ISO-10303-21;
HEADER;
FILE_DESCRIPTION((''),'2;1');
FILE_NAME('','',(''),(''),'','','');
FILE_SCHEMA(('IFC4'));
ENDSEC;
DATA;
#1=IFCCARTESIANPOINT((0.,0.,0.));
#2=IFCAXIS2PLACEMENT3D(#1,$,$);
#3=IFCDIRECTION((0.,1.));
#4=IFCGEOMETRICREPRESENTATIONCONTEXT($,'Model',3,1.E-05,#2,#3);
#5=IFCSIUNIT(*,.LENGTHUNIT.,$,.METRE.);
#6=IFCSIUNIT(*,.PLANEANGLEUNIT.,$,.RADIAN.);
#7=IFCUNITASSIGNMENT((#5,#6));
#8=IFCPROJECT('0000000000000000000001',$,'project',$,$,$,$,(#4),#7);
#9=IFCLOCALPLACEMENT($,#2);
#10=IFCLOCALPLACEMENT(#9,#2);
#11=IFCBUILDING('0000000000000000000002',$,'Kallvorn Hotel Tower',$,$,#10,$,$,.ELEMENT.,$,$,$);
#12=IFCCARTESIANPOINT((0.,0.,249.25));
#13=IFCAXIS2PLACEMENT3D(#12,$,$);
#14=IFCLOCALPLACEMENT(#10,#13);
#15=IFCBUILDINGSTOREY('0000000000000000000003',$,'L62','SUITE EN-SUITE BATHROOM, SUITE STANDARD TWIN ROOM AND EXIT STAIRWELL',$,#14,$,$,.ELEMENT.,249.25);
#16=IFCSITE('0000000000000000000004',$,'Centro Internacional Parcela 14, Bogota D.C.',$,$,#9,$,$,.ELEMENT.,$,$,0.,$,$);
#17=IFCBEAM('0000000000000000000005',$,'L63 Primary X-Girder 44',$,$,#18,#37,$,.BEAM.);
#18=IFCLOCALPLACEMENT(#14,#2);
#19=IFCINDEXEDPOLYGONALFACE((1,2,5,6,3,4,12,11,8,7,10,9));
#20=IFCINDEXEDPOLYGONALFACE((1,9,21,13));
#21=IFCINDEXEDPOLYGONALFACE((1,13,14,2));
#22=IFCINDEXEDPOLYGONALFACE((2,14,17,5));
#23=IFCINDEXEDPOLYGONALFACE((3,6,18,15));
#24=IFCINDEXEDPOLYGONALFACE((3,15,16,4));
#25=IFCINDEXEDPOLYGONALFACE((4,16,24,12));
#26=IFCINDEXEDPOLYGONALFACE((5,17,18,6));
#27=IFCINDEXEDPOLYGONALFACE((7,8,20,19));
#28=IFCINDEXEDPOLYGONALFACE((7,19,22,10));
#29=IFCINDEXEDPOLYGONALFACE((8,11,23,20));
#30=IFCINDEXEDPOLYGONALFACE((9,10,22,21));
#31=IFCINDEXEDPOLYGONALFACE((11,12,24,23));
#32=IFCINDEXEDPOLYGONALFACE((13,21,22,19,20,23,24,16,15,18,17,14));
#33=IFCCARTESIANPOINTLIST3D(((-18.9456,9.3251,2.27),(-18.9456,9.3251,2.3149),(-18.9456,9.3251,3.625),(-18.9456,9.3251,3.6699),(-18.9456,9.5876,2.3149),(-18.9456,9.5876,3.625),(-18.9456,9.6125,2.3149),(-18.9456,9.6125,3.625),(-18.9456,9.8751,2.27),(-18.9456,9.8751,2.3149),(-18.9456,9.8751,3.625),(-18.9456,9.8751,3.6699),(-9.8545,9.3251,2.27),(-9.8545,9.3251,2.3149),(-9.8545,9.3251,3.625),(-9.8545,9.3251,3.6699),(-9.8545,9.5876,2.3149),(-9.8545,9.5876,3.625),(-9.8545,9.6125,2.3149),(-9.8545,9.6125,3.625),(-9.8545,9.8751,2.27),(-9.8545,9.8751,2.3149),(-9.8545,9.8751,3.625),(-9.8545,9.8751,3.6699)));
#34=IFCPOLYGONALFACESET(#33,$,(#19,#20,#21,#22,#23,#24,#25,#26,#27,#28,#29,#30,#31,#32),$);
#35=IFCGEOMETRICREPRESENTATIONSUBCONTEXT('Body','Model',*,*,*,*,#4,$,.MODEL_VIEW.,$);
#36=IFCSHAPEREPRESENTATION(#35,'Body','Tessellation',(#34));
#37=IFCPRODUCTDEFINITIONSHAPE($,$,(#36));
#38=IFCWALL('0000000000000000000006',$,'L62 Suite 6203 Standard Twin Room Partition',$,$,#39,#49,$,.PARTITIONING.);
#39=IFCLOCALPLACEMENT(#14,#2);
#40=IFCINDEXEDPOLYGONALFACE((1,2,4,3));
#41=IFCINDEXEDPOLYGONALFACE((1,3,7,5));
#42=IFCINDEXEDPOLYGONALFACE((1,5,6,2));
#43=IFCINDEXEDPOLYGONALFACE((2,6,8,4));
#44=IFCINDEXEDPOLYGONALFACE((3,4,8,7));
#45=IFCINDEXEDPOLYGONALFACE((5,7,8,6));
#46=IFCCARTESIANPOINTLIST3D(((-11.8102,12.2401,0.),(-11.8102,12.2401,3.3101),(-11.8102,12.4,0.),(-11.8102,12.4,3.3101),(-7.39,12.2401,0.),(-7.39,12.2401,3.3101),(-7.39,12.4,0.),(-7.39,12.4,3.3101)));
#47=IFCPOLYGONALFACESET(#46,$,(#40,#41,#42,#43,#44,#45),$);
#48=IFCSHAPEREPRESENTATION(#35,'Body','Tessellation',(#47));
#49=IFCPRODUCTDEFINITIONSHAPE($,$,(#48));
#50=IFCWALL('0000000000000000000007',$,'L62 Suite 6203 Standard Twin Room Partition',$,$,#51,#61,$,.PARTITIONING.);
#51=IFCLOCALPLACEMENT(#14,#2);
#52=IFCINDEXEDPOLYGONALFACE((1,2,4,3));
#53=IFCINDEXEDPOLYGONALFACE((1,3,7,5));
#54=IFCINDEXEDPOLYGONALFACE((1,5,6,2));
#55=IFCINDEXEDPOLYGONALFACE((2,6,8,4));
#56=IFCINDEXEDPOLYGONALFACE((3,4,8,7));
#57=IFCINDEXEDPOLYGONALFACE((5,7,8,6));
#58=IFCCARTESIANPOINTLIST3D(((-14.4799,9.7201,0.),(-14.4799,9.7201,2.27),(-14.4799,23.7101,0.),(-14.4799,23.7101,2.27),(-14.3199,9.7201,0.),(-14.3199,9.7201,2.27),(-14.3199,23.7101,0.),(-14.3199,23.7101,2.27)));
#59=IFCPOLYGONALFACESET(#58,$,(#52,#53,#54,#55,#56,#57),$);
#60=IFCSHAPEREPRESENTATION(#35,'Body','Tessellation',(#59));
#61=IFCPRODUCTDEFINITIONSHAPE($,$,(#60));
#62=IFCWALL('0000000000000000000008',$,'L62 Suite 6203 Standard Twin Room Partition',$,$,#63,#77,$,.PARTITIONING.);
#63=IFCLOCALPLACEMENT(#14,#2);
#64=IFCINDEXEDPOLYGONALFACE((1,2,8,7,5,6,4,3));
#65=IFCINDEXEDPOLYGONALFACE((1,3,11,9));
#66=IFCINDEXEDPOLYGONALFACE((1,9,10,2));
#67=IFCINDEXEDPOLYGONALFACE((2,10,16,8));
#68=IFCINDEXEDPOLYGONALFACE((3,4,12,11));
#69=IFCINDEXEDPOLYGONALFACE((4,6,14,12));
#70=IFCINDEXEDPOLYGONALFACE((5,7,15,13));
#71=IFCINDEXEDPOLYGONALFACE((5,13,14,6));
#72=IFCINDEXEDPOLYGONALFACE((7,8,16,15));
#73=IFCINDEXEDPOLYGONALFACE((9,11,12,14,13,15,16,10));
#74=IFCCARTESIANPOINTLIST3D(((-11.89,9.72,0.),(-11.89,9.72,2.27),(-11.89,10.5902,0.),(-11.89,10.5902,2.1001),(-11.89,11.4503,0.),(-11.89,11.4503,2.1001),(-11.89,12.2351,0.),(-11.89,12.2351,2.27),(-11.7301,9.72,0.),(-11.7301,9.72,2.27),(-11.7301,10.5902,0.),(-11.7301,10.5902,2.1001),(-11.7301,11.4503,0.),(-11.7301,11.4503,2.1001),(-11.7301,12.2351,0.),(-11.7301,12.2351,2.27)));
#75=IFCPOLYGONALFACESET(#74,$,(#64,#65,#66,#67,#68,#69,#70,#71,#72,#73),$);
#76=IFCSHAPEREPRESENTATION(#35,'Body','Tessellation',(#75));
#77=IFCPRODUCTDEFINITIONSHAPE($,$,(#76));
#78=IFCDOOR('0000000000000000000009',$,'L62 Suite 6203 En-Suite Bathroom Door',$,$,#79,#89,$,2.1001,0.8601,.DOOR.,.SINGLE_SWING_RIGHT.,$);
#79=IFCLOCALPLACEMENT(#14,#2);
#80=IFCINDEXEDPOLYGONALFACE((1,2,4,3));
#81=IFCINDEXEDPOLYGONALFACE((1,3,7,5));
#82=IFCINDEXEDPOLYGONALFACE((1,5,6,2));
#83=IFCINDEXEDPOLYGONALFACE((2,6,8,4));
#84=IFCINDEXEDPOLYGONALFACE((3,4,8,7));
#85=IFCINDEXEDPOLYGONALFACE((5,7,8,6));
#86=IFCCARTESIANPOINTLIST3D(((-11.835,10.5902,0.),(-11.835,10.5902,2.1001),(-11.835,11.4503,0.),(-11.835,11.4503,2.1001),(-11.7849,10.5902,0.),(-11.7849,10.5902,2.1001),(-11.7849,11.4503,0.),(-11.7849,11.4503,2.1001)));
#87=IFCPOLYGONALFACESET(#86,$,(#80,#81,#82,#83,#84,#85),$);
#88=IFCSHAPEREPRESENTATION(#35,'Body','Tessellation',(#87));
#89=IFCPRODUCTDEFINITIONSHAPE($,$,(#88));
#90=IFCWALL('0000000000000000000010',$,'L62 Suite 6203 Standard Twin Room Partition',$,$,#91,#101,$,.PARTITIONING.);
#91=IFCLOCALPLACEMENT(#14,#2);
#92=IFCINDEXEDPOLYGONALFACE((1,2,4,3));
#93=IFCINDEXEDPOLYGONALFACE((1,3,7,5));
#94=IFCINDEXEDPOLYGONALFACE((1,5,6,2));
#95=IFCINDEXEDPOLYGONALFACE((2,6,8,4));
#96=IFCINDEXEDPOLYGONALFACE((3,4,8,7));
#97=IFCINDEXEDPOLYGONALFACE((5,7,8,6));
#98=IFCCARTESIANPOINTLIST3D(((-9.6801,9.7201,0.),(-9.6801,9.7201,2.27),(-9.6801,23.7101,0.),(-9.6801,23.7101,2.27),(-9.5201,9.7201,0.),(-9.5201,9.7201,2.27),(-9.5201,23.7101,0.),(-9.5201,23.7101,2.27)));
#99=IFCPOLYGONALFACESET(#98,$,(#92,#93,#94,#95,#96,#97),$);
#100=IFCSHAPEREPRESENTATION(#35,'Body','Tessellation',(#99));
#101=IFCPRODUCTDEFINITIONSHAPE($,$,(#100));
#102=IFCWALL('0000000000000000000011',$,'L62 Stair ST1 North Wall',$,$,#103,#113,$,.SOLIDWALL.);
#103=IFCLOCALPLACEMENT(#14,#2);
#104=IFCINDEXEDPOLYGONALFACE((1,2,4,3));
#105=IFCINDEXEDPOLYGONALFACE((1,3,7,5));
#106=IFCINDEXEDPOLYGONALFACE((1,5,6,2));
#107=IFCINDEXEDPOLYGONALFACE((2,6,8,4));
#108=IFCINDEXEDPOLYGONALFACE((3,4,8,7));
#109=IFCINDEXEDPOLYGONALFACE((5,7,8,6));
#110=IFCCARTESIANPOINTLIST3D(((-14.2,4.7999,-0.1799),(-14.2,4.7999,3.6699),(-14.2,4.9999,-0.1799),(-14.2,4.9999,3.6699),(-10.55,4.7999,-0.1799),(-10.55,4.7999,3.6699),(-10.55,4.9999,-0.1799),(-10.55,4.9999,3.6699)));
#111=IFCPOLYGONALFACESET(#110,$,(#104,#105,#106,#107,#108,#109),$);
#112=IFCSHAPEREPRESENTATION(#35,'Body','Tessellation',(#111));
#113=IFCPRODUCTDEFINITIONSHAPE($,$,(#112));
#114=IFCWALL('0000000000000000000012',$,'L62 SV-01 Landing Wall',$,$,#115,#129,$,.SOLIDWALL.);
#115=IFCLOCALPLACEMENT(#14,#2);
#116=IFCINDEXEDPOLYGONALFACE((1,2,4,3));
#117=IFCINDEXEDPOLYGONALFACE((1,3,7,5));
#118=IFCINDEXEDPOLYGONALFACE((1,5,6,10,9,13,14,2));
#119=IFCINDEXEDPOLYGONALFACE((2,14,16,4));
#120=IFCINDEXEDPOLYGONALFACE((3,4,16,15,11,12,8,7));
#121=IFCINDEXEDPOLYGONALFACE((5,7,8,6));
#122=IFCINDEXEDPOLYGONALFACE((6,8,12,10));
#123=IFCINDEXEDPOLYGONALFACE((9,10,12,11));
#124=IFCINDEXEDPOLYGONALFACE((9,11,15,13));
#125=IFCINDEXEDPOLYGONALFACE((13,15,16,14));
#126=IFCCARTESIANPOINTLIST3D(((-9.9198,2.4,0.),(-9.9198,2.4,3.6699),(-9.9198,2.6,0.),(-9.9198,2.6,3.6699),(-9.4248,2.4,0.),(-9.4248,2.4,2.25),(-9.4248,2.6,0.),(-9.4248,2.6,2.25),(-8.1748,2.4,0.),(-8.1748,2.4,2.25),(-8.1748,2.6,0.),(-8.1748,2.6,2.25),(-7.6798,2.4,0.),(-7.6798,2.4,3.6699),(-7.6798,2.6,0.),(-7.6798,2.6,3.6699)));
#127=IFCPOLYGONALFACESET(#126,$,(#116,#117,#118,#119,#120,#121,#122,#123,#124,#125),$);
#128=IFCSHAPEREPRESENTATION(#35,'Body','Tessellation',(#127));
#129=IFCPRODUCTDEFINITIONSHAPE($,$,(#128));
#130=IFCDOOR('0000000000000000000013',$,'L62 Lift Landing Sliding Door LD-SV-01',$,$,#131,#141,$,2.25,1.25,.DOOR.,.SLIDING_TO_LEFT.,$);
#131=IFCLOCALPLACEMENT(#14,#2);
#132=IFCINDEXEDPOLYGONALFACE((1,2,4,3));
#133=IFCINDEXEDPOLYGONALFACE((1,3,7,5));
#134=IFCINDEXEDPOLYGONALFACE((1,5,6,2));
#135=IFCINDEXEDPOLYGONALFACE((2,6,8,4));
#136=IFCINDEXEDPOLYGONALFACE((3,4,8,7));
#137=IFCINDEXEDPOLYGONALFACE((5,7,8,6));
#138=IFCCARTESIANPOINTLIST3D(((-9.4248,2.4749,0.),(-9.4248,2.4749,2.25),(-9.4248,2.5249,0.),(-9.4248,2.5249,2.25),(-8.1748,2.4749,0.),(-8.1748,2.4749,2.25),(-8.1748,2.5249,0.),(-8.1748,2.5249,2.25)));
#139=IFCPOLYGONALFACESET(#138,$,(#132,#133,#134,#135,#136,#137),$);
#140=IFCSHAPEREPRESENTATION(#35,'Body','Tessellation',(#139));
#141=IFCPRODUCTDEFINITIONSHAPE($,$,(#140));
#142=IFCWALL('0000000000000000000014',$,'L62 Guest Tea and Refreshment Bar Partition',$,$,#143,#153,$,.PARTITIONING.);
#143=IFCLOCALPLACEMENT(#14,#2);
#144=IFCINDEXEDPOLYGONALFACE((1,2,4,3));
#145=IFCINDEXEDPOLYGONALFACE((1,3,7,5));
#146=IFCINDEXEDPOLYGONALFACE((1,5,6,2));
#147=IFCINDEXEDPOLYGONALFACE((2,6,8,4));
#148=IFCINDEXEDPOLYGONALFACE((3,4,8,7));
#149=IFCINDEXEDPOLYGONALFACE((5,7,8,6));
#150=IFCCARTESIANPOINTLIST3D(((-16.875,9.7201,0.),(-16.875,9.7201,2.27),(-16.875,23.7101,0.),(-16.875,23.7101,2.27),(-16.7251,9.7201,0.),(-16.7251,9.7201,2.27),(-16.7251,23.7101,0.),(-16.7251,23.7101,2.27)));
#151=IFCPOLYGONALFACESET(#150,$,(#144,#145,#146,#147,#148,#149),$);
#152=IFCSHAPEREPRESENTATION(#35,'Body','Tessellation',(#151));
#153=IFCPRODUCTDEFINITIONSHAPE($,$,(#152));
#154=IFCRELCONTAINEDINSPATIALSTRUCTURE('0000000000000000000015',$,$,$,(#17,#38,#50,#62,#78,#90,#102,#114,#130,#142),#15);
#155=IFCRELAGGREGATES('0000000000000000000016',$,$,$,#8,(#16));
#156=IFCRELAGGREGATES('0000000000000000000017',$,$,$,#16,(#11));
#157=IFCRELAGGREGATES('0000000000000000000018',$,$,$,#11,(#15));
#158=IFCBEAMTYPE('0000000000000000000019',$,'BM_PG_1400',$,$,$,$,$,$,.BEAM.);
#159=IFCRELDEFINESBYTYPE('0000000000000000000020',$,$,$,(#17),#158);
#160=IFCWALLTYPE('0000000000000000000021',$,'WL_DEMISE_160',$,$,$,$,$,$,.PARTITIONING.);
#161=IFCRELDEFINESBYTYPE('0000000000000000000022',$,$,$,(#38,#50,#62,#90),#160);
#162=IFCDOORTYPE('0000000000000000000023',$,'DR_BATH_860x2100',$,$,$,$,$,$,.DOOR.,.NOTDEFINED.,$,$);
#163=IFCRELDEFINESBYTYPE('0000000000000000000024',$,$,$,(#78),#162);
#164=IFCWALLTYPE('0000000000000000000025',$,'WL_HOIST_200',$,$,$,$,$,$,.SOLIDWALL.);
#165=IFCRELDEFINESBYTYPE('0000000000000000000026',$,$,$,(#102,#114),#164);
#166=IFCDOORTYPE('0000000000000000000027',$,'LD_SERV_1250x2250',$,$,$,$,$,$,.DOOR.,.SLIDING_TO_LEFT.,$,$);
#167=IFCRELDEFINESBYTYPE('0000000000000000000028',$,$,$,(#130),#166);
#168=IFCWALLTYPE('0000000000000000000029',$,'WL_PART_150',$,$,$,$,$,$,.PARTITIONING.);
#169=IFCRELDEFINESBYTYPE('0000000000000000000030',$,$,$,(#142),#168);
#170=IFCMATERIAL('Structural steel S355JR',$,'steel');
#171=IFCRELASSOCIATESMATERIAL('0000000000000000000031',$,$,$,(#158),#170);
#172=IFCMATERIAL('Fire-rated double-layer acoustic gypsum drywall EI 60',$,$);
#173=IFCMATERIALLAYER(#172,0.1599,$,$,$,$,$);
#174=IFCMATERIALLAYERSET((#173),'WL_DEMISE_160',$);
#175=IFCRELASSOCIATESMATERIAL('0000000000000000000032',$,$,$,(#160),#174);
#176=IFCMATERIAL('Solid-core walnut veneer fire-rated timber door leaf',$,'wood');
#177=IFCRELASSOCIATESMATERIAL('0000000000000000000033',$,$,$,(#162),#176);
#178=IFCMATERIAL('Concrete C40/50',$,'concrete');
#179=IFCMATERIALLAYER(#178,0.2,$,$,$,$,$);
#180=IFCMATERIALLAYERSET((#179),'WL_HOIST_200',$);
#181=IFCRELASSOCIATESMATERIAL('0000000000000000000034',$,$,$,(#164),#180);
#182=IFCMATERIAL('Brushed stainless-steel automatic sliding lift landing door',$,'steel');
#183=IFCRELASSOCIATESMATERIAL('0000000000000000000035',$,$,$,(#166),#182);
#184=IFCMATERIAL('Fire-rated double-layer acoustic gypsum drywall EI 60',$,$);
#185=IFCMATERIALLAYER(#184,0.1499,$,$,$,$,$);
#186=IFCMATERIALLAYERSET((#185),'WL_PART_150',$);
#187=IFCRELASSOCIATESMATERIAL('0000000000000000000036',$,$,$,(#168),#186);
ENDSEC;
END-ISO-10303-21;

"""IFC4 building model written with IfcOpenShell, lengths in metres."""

from ifc_helpers import new_model, si_unit, direction, frame, frame_2d, origin, origin_2d, place, context, subcontext, project, spatial, rectangle, i_section, extrude, material, layer, layer_set, material_profile, profile_set, type_object, element, fill, save


model = new_model("IFC4")

# Units and contexts
model_context = context("Model", 3, precision=1e-05, world=origin(), true_north=direction((0.0, 1.0)))
body_context = subcontext(model_context, "Body", "Model", "MODEL_VIEW")
ifc_project = project(units=[si_unit("LENGTHUNIT", "METRE"), si_unit("PLANEANGLEUNIT", "RADIAN")], contexts=[model_context])

# Site, building, storey
site_placement = place(None, origin())
site = spatial("IfcSite", under=ifc_project, at=site_placement, Name="Centro Internacional Parcela 14, Bogota D.C.", CompositionType="ELEMENT", RefElevation=0.0)
building_placement = place(site_placement, origin())
building = spatial("IfcBuilding", under=site, at=building_placement, Name="Kallvorn Hotel Tower", CompositionType="ELEMENT")
storey_placement = place(building_placement, frame((0.0, 0.0, 249.25)))
storey = spatial("IfcBuildingStorey", under=building, at=storey_placement, Name="L62", Description="SUITE EN-SUITE BATHROOM, SUITE STANDARD TWIN ROOM AND EXIT STAIRWELL", CompositionType="ELEMENT", Elevation=249.25)

# Beam
ifc_material_1 = material(Name="Structural steel S355JR", Category="steel")
ifc_material_profile_1 = material_profile(ifc_material_1, i_section(OverallWidth=0.55, OverallDepth=1.3999, WebThickness=0.0249, FlangeThickness=0.0449, at=origin_2d()), Name="PG 1400x550x25x45")
ifc_profile_set_1 = profile_set([ifc_material_profile_1], Name="Structural steel S355JR")
beam_type_1 = type_object("IfcBeamType", Name="BM_PG_1400", PredefinedType="BEAM", material=ifc_profile_set_1)
beam_1_placement = place(storey_placement, frame((-18.9456, 9.6001, 2.97), z_axis=(1.0, 0.0, 0.0), x_axis=(0.0, 1.0, 0.0)))
element("IfcBeam", 1, at=beam_1_placement, inside=storey, type_object=beam_type_1, Name="L63 Primary X-Girder 44", PredefinedType="BEAM", context=body_context, shape_type="SweptSolid", body=[
    extrude(i_section(OverallWidth=0.55, OverallDepth=1.3999, WebThickness=0.0249, FlangeThickness=0.0449, at=origin_2d()), origin(), (0.0, 0.0, 1.0), 9.0911),
])

# Walls
ifc_material_2 = material(Name="Fire-rated double-layer acoustic gypsum drywall EI 60")
ifc_layer_1 = layer(ifc_material_2, 0.1599)
ifc_layer_set_1 = layer_set([ifc_layer_1], Name="WL_DEMISE_160")
wall_type_1 = type_object("IfcWallType", Name="WL_DEMISE_160", PredefinedType="PARTITIONING", material=ifc_layer_set_1)
wall_1_placement = place(storey_placement, frame((-11.8101, 12.3201, 0.0), z_axis=(0.0, 0.0, 1.0), x_axis=(1.0, 0.0, 0.0)))
element("IfcWall", 2, at=wall_1_placement, inside=storey, type_object=wall_type_1, Name="L62 Suite 6203 Standard Twin Room Partition", PredefinedType="PARTITIONING", context=body_context, shape_type="SweptSolid", body=[
    extrude(rectangle(XDim=4.4202, YDim=0.1599, at=frame_2d((2.21, 0.0))), origin(), (0.0, 0.0, 1.0), 3.3101),
])
wall_2_placement = place(storey_placement, frame((-14.3999, 9.72, 0.0), z_axis=(0.0, 0.0, 1.0), x_axis=(0.0, 1.0, 0.0)))
element("IfcWall", 3, at=wall_2_placement, inside=storey, type_object=wall_type_1, Name="L62 Suite 6203 Standard Twin Room Partition", PredefinedType="PARTITIONING", context=body_context, shape_type="SweptSolid", body=[
    extrude(rectangle(XDim=13.99, YDim=0.1599, at=frame_2d((6.9951, 0.0))), origin(), (0.0, 0.0, 1.0), 2.27),
])

# Wall, opening, door
wall_3_placement = place(storey_placement, frame((-11.8101, 9.72, 0.0), z_axis=(0.0, 0.0, 1.0), x_axis=(0.0, 1.0, 0.0)))
wall_3 = element("IfcWall", 4, at=wall_3_placement, inside=storey, type_object=wall_type_1, Name="L62 Suite 6203 Standard Twin Room Partition", PredefinedType="PARTITIONING", context=body_context, shape_type="SweptSolid", body=[
    extrude(rectangle(XDim=2.5151, YDim=0.1599, at=frame_2d((1.2576, 0.0))), origin(), (0.0, 0.0, 1.0), 2.27),
])
opening_1_placement = place(wall_3_placement, frame((0.8701, 0.0, 0.0)))
opening_1 = element("IfcOpeningElement", 5, at=opening_1_placement, cuts=wall_3, PredefinedType="OPENING", context=body_context, shape_type="SweptSolid", body=[
    extrude(rectangle(XDim=0.8601, YDim=2.1001, at=frame_2d((0.4302, 1.05))), frame((0.0, 0.095, 0.0), z_axis=(0.0, -1.0, 0.0), x_axis=(1.0, 0.0, 0.0)), (0.0, 0.0, 1.0), 0.1899),
])
ifc_material_3 = material(Name="Solid-core walnut veneer fire-rated timber door leaf", Category="wood")
door_type_1 = type_object("IfcDoorType", Name="DR_BATH_860x2100", OperationType="NOTDEFINED", PredefinedType="DOOR", material=ifc_material_3)
door_1_placement = place(opening_1_placement, origin())
door_1 = element("IfcDoor", 6, at=door_1_placement, inside=storey, type_object=door_type_1, Name="L62 Suite 6203 En-Suite Bathroom Door", OperationType="SINGLE_SWING_RIGHT", OverallHeight=2.1001, OverallWidth=0.8601, PredefinedType="DOOR", context=body_context, shape_type="SweptSolid", body=[
    extrude(rectangle(XDim=0.8601, YDim=2.1001, at=frame_2d((0.4302, 1.05))), frame((0.0, 0.0249, 0.0), z_axis=(0.0, -1.0, 0.0), x_axis=(1.0, 0.0, 0.0)), (0.0, 0.0, 1.0), 0.05),
])
fill(opening_1, door_1)

# Walls
wall_4_placement = place(storey_placement, frame((-9.6001, 9.72, 0.0), z_axis=(0.0, 0.0, 1.0), x_axis=(0.0, 1.0, 0.0)))
element("IfcWall", 7, at=wall_4_placement, inside=storey, type_object=wall_type_1, Name="L62 Suite 6203 Standard Twin Room Partition", PredefinedType="PARTITIONING", context=body_context, shape_type="SweptSolid", body=[
    extrude(rectangle(XDim=13.99, YDim=0.1599, at=frame_2d((6.9951, 0.0))), origin(), (0.0, 0.0, 1.0), 2.27),
])
ifc_material_4 = material(Name="Concrete C40/50", Category="concrete")
ifc_layer_2 = layer(ifc_material_4, 0.2)
ifc_layer_set_2 = layer_set([ifc_layer_2], Name="WL_HOIST_200")
wall_type_2 = type_object("IfcWallType", Name="WL_HOIST_200", PredefinedType="SOLIDWALL", material=ifc_layer_set_2)
wall_5_placement = place(storey_placement, frame((-14.2, 4.8999, -0.1799), z_axis=(0.0, 0.0, 1.0), x_axis=(1.0, 0.0, 0.0)))
element("IfcWall", 8, at=wall_5_placement, inside=storey, type_object=wall_type_2, Name="L62 Stair ST1 North Wall", PredefinedType="SOLIDWALL", context=body_context, shape_type="SweptSolid", body=[
    extrude(rectangle(XDim=3.6499, YDim=0.2, at=frame_2d((1.825, 0.0))), origin(), (0.0, 0.0, 1.0), 3.8499),
])

# Wall, opening, door
wall_6_placement = place(storey_placement, frame((-9.9199, 2.5, 0.0), z_axis=(0.0, 0.0, 1.0), x_axis=(1.0, 0.0, 0.0)))
wall_6 = element("IfcWall", 9, at=wall_6_placement, inside=storey, type_object=wall_type_2, Name="L62 SV-01 Landing Wall", PredefinedType="SOLIDWALL", context=body_context, shape_type="SweptSolid", body=[
    extrude(rectangle(XDim=2.24, YDim=0.2, at=frame_2d((1.1201, 0.0))), origin(), (0.0, 0.0, 1.0), 3.6699),
])
opening_2_placement = place(wall_6_placement, frame((0.4951, 0.0, 0.0)))
opening_2 = element("IfcOpeningElement", 10, at=opening_2_placement, cuts=wall_6, PredefinedType="OPENING", context=body_context, shape_type="SweptSolid", body=[
    extrude(rectangle(XDim=1.25, YDim=2.25, at=frame_2d((0.625, 1.125))), frame((0.0, 0.115, 0.0), z_axis=(0.0, -1.0, 0.0), x_axis=(1.0, 0.0, 0.0)), (0.0, 0.0, 1.0), 0.23),
])
ifc_material_5 = material(Name="Brushed stainless-steel automatic sliding lift landing door", Category="steel")
door_type_2 = type_object("IfcDoorType", Name="LD_SERV_1250x2250", OperationType="SLIDING_TO_LEFT", PredefinedType="DOOR", material=ifc_material_5)
door_2_placement = place(opening_2_placement, origin())
door_2 = element("IfcDoor", 11, at=door_2_placement, inside=storey, type_object=door_type_2, Name="L62 Lift Landing Sliding Door LD-SV-01", OperationType="SLIDING_TO_LEFT", OverallHeight=2.25, OverallWidth=1.25, PredefinedType="DOOR", context=body_context, shape_type="SweptSolid", body=[
    extrude(rectangle(XDim=1.25, YDim=2.25, at=frame_2d((0.625, 1.125))), frame((0.0, 0.0249, 0.0), z_axis=(0.0, -1.0, 0.0), x_axis=(1.0, 0.0, 0.0)), (0.0, 0.0, 1.0), 0.05),
])
fill(opening_2, door_2)

# Wall
ifc_material_6 = material(Name="Fire-rated double-layer acoustic gypsum drywall EI 60")
ifc_layer_3 = layer(ifc_material_6, 0.1499)
ifc_layer_set_3 = layer_set([ifc_layer_3], Name="WL_PART_150")
wall_type_3 = type_object("IfcWallType", Name="WL_PART_150", PredefinedType="PARTITIONING", material=ifc_layer_set_3)
wall_7_placement = place(storey_placement, frame((-16.8, 9.72, 0.0), z_axis=(0.0, 0.0, 1.0), x_axis=(0.0, 1.0, 0.0)))
element("IfcWall", 12, at=wall_7_placement, inside=storey, type_object=wall_type_3, Name="L62 Guest Tea and Refreshment Bar Partition", PredefinedType="PARTITIONING", context=body_context, shape_type="SweptSolid", body=[
    extrude(rectangle(XDim=13.99, YDim=0.1499, at=frame_2d((6.9951, 0.0))), origin(), (0.0, 0.0, 1.0), 2.27),
])

save(model, "model.ifc")
